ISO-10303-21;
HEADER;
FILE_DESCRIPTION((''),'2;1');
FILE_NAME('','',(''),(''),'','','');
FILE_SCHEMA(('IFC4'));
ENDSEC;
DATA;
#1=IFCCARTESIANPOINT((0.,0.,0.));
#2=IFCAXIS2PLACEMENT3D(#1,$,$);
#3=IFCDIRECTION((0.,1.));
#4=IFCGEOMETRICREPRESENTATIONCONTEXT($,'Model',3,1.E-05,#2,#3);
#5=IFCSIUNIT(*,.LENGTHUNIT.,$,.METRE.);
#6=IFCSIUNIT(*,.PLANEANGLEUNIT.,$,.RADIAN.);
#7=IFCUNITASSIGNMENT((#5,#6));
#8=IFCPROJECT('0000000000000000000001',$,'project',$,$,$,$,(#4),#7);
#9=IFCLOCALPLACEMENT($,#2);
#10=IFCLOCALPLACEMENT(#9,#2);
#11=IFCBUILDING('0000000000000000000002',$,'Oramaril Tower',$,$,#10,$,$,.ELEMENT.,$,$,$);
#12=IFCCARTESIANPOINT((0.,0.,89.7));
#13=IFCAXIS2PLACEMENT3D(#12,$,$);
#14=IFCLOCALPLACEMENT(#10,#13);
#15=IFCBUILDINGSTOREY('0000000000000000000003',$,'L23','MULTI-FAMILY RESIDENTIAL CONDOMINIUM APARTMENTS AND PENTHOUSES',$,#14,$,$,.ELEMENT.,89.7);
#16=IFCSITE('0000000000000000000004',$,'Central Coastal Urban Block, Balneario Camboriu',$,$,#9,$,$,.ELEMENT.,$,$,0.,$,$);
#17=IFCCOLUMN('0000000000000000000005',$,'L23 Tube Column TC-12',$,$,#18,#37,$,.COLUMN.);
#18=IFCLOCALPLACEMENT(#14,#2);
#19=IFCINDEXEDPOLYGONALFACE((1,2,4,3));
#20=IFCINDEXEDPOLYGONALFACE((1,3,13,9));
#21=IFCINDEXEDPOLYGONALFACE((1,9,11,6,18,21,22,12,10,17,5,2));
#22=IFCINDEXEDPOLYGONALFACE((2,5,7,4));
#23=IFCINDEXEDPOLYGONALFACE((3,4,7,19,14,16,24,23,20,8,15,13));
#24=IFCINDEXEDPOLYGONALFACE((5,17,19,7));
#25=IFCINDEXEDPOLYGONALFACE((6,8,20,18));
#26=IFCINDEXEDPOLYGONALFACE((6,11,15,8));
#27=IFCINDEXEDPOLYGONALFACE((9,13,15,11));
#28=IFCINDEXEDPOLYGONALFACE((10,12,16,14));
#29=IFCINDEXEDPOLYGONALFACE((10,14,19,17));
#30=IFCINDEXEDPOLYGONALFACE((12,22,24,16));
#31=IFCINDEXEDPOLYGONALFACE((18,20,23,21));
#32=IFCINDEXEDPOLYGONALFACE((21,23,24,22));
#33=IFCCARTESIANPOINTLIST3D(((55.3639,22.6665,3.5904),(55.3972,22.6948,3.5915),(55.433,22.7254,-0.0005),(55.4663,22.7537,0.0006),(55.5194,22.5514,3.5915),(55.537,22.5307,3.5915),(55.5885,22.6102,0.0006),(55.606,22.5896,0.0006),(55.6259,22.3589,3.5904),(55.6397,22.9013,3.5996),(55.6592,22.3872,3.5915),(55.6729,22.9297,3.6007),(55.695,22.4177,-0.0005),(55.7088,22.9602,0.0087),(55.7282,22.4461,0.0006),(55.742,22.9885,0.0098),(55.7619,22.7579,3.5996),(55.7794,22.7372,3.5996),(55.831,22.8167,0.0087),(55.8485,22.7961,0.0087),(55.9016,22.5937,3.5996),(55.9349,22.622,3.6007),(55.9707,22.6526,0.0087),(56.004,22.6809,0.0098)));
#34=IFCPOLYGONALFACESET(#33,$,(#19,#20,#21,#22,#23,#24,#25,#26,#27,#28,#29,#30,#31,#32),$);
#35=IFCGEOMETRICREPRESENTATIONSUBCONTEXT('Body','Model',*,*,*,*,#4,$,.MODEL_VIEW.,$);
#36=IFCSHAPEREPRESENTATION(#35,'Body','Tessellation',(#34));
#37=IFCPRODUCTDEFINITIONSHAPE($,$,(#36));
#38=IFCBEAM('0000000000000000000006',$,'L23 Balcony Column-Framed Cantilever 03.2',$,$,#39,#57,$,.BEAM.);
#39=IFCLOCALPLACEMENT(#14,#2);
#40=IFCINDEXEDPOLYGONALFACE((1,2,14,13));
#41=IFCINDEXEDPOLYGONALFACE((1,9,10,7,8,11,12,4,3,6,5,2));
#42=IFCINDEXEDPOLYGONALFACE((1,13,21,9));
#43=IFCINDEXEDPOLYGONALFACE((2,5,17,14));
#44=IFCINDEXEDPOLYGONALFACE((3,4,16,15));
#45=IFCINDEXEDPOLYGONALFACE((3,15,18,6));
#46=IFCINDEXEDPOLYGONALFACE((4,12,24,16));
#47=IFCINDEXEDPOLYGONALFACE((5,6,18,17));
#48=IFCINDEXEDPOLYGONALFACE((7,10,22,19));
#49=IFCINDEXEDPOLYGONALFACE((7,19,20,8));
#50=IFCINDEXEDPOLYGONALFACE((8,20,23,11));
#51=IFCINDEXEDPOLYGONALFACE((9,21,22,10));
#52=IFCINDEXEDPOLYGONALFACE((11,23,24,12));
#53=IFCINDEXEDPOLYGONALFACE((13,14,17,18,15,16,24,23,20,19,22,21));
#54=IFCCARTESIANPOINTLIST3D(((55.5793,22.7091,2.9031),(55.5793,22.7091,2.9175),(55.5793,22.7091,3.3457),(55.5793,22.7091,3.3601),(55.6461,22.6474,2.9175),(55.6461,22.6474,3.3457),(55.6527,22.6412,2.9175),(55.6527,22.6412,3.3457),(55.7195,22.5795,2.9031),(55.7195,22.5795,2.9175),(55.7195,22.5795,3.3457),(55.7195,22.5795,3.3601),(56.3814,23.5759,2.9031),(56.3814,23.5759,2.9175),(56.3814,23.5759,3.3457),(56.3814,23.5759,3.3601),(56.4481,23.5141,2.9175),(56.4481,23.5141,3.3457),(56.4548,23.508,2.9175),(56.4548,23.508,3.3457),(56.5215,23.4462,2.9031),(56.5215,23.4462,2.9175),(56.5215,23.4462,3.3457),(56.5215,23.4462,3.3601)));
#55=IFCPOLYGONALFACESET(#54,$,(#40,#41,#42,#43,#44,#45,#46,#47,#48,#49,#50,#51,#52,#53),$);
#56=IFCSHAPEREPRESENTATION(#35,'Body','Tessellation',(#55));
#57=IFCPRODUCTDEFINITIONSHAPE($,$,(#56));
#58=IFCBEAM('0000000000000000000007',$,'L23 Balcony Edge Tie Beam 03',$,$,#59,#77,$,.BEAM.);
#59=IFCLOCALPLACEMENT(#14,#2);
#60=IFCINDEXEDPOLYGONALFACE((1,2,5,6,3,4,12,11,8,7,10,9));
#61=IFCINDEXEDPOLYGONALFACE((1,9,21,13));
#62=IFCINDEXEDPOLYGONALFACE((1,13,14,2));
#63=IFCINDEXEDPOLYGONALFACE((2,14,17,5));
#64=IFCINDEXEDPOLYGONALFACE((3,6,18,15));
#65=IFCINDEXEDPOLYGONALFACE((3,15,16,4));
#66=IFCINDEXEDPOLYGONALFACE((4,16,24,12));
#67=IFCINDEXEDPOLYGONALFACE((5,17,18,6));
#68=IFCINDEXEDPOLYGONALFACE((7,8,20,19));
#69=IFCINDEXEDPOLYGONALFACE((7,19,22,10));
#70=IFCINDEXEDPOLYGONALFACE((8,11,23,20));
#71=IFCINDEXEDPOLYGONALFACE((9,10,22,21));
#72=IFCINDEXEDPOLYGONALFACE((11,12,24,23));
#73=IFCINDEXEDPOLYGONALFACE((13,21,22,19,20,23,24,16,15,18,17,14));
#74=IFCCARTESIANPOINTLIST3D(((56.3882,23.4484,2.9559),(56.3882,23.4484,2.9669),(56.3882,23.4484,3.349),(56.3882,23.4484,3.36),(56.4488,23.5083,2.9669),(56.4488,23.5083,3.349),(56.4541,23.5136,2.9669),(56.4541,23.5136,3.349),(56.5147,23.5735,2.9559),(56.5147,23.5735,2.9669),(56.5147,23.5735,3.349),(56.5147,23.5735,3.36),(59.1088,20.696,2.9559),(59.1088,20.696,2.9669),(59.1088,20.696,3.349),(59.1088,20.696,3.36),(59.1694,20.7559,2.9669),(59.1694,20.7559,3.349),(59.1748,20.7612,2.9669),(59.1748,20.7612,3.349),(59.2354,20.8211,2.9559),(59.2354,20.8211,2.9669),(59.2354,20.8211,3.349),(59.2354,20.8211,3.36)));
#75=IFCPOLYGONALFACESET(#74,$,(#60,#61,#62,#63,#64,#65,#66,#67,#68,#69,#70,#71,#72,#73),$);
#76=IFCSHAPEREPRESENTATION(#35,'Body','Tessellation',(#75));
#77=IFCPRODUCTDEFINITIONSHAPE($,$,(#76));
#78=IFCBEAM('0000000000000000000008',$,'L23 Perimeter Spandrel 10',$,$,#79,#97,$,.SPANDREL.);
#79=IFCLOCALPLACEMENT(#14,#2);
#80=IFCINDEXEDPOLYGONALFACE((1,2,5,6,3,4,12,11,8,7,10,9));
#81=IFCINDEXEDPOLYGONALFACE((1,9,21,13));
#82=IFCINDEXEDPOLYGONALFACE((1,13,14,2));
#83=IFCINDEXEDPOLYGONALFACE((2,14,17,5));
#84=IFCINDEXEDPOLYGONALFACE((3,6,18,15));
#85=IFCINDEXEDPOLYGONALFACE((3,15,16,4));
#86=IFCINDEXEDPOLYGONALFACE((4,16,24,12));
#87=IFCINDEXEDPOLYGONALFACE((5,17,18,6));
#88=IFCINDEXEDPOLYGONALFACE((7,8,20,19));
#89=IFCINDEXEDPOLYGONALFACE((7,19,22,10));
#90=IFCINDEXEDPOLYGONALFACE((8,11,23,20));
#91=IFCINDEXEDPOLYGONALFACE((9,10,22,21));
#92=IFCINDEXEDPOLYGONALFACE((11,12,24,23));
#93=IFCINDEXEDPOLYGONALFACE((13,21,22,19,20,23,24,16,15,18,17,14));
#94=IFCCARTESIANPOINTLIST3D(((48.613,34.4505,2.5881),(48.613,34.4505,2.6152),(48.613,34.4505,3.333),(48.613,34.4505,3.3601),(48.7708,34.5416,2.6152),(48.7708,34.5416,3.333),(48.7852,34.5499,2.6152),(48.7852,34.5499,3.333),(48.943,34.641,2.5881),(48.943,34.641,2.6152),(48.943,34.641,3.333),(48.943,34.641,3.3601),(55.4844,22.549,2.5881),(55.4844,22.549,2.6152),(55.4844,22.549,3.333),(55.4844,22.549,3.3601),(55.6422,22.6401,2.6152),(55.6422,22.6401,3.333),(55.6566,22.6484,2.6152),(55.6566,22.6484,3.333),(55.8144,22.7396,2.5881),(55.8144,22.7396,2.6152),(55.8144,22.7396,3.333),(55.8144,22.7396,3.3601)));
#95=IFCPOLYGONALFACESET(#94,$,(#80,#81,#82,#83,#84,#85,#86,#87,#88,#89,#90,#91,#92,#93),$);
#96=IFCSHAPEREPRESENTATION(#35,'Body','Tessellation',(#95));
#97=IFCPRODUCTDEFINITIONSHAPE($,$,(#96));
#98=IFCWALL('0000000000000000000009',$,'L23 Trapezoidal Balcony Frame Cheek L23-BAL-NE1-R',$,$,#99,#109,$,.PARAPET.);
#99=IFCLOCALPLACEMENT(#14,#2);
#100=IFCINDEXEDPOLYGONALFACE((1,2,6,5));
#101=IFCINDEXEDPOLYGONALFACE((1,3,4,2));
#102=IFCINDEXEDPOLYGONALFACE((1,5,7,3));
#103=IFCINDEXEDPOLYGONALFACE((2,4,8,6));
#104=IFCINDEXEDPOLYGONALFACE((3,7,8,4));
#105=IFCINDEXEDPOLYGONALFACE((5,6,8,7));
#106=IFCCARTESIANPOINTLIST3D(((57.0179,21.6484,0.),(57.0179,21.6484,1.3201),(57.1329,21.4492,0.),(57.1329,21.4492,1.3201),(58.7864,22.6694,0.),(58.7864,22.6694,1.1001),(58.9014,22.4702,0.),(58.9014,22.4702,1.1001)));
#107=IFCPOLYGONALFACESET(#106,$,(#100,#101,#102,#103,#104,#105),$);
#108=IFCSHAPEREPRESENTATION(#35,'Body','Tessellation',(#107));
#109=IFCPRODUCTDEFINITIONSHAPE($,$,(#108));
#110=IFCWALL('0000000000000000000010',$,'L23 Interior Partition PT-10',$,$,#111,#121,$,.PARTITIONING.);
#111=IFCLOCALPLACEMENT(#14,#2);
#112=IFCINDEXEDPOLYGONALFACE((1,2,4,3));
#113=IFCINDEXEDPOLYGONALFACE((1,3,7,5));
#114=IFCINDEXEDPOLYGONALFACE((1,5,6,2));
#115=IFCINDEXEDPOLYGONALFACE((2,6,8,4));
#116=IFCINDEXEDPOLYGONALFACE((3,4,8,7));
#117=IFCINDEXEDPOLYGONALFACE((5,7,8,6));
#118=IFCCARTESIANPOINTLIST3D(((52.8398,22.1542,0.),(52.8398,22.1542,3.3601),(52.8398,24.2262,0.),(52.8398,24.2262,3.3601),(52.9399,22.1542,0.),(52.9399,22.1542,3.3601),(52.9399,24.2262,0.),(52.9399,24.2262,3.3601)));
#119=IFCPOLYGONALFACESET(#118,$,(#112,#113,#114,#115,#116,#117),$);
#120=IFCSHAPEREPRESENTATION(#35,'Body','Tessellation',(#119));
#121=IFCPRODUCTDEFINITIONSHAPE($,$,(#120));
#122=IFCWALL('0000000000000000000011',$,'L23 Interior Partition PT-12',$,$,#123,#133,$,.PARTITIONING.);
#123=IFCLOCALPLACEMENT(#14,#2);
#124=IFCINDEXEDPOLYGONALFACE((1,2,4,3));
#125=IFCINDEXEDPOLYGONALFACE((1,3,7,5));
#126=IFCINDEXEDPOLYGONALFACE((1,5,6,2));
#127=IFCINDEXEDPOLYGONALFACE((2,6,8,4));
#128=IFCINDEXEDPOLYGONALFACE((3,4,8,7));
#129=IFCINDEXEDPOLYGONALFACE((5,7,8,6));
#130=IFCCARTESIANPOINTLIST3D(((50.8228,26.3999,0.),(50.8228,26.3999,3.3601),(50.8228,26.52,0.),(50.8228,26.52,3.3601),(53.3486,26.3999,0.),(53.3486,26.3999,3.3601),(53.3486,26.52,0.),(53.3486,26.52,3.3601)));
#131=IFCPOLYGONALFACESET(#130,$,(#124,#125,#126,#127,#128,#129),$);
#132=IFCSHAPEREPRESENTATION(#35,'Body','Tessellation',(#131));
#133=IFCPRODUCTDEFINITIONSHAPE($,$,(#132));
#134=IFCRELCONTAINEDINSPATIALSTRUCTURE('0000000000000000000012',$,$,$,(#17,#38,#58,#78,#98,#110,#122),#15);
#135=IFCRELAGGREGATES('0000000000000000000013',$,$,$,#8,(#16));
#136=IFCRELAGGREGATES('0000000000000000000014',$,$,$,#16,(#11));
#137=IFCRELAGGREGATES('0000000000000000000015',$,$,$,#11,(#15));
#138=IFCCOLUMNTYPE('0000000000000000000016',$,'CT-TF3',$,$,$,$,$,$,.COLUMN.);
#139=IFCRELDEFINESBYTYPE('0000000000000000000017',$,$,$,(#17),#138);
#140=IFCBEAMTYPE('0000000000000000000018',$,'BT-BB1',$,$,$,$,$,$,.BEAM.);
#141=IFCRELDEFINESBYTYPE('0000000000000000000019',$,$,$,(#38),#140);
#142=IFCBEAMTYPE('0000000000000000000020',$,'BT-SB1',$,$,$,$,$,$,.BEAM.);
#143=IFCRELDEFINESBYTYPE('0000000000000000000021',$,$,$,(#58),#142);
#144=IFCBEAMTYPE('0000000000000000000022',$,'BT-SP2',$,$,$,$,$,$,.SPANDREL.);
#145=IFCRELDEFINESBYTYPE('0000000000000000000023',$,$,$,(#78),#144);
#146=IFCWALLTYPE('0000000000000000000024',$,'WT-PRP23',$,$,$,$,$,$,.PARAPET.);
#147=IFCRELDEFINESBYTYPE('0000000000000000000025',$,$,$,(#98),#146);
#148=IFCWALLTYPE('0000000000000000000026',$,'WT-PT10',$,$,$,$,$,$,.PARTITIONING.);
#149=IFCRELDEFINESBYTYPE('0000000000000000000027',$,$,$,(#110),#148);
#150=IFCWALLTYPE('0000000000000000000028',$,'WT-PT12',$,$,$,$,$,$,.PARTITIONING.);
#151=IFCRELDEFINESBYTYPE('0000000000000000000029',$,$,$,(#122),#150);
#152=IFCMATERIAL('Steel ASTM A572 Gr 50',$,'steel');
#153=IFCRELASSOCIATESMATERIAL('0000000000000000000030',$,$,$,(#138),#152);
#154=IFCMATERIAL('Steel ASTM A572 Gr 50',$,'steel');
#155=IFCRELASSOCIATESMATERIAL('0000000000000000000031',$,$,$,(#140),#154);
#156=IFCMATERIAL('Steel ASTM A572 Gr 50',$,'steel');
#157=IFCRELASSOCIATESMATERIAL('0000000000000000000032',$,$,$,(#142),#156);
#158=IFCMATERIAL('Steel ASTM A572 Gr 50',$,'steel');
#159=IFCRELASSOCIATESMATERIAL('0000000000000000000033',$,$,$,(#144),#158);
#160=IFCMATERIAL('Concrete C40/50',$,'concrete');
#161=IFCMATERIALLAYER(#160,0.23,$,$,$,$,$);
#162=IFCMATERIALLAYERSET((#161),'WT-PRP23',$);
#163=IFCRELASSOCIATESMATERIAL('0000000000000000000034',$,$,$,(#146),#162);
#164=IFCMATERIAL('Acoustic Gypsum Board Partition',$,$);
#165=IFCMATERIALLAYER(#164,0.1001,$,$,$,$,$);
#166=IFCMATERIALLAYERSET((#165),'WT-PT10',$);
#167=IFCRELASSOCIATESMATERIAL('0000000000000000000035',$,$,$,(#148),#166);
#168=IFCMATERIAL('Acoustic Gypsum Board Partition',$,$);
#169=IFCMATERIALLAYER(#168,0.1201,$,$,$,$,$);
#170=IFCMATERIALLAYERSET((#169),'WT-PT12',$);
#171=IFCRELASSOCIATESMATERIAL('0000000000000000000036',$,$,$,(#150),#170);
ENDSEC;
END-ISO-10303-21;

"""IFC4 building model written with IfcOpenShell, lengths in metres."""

from ifc_helpers import new_model, si_unit, direction, frame, frame_2d, origin, origin_2d, place, context, subcontext, project, spatial, polyline, rectangle, i_section, outline, extrude, material, layer, layer_set, material_profile, profile_set, type_object, element, save


model = new_model("IFC4")

# Units and contexts
model_context = context("Model", 3, precision=1e-05, world=origin(), true_north=direction((0.0, 1.0)))
body_context = subcontext(model_context, "Body", "Model", "MODEL_VIEW")
ifc_project = project(units=[si_unit("LENGTHUNIT", "METRE"), si_unit("PLANEANGLEUNIT", "RADIAN")], contexts=[model_context])

# Site, building, storey
site_placement = place(None, origin())
site = spatial("IfcSite", under=ifc_project, at=site_placement, Name="Central Coastal Urban Block, Balneario Camboriu", CompositionType="ELEMENT", RefElevation=0.0)
building_placement = place(site_placement, origin())
building = spatial("IfcBuilding", under=site, at=building_placement, Name="Oramaril Tower", CompositionType="ELEMENT")
storey_placement = place(building_placement, frame((0.0, 0.0, 89.7)))
storey = spatial("IfcBuildingStorey", under=building, at=storey_placement, Name="L23", Description="MULTI-FAMILY RESIDENTIAL CONDOMINIUM APARTMENTS AND PENTHOUSES", CompositionType="ELEMENT", Elevation=89.7)

# Column
ifc_material_1 = material(Name="Steel ASTM A572 Gr 50", Category="steel")
ifc_material_profile_1 = material_profile(ifc_material_1, i_section(OverallWidth=0.4041, OverallDepth=0.406, WebThickness=0.0271, FlangeThickness=0.0437, at=origin_2d()), Name="W14X233")
ifc_profile_set_1 = profile_set([ifc_material_profile_1], Name="Steel ASTM A572 Gr 50")
column_type = type_object("IfcColumnType", Name="CT-TF3", PredefinedType="COLUMN", material=ifc_profile_set_1)
column_placement = place(storey_placement, frame((55.7185, 22.7031, 0.0046), z_axis=(-0.019235, -0.01638, 0.999681), x_axis=(0.648351, -0.761342, 0.0)))
element("IfcColumn", 1, at=column_placement, inside=storey, type_object=column_type, Name="L23 Tube Column TC-12", PredefinedType="COLUMN", context=body_context, shape_type="SweptSolid", body=[
    extrude(i_section(OverallWidth=0.4041, OverallDepth=0.406, WebThickness=0.0271, FlangeThickness=0.0437, at=origin_2d()), origin(), (0.0, 0.0, 1.0), 3.592),
])

# Beams
ifc_material_2 = material(Name="Steel ASTM A572 Gr 50", Category="steel")
ifc_material_profile_2 = material_profile(ifc_material_2, i_section(OverallWidth=0.1909, OverallDepth=0.457, WebThickness=0.009, FlangeThickness=0.0144, at=origin_2d()), Name="W18X50")
ifc_profile_set_2 = profile_set([ifc_material_profile_2], Name="Steel ASTM A572 Gr 50")
beam_type_1 = type_object("IfcBeamType", Name="BT-BB1", PredefinedType="BEAM", material=ifc_profile_set_2)
beam_1_placement = place(storey_placement, frame((55.6494, 22.6443, 3.1316), z_axis=(0.679181, 0.733971, 0.0), x_axis=(-0.733971, 0.679181, 0.0)))
element("IfcBeam", 2, at=beam_1_placement, inside=storey, type_object=beam_type_1, Name="L23 Balcony Column-Framed Cantilever 03.2", PredefinedType="BEAM", context=body_context, shape_type="SweptSolid", body=[
    extrude(i_section(OverallWidth=0.1909, OverallDepth=0.457, WebThickness=0.009, FlangeThickness=0.0144, at=origin_2d()), origin(), (0.0, 0.0, 1.0), 1.1809),
])
ifc_material_3 = material(Name="Steel ASTM A572 Gr 50", Category="steel")
ifc_material_profile_3 = material_profile(ifc_material_3, i_section(OverallWidth=0.178, OverallDepth=0.4041, WebThickness=0.0076, FlangeThickness=0.011, at=origin_2d()), Name="W16X36")
ifc_profile_set_3 = profile_set([ifc_material_profile_3], Name="Steel ASTM A572 Gr 50")
beam_type_2 = type_object("IfcBeamType", Name="BT-SB1", PredefinedType="BEAM", material=ifc_profile_set_3)
beam_2_placement = place(storey_placement, frame((59.1721, 20.7585, 3.158), z_axis=(-0.702995, 0.711195, 0.0), x_axis=(-0.711195, -0.702995, 0.0)))
element("IfcBeam", 3, at=beam_2_placement, inside=storey, type_object=beam_type_2, Name="L23 Balcony Edge Tie Beam 03", PredefinedType="BEAM", context=body_context, shape_type="SweptSolid", body=[
    extrude(i_section(OverallWidth=0.178, OverallDepth=0.4041, WebThickness=0.0076, FlangeThickness=0.011, at=origin_2d()), origin(), (0.0, 0.0, 1.0), 3.8701),
])
ifc_material_4 = material(Name="Steel ASTM A572 Gr 50", Category="steel")
ifc_material_profile_4 = material_profile(ifc_material_4, i_section(OverallWidth=0.3811, OverallDepth=0.772, WebThickness=0.0166, FlangeThickness=0.0271, at=origin_2d()), Name="W30X173")
ifc_profile_set_4 = profile_set([ifc_material_profile_4], Name="Steel ASTM A572 Gr 50")
beam_type_3 = type_object("IfcBeamType", Name="BT-SP2", PredefinedType="SPANDREL", material=ifc_profile_set_4)
beam_3_placement = place(storey_placement, frame((55.6494, 22.6443, 2.9741), z_axis=(-0.500004, 0.866023, 0.0), x_axis=(-0.866023, -0.500004, 0.0)))
element("IfcBeam", 4, at=beam_3_placement, inside=storey, type_object=beam_type_3, Name="L23 Perimeter Spandrel 10", PredefinedType="SPANDREL", context=body_context, shape_type="SweptSolid", body=[
    extrude(i_section(OverallWidth=0.3811, OverallDepth=0.772, WebThickness=0.0166, FlangeThickness=0.0271, at=origin_2d()), origin(), (0.0, 0.0, 1.0), 13.7427),
])

# Walls
ifc_material_5 = material(Name="Concrete C40/50", Category="concrete")
ifc_layer_1 = layer(ifc_material_5, 0.23)
ifc_layer_set_1 = layer_set([ifc_layer_1], Name="WT-PRP23")
wall_type_1 = type_object("IfcWallType", Name="WT-PRP23", PredefinedType="PARAPET", material=ifc_layer_set_1)
wall_1_placement = place(storey_placement, frame((57.0754, 21.5488, 0.0), z_axis=(0.0, 0.0, 1.0), x_axis=(0.866042, 0.499971, 0.0)))
element("IfcWall", 5, at=wall_1_placement, inside=storey, type_object=wall_type_1, Name="L23 Trapezoidal Balcony Frame Cheek L23-BAL-NE1-R", PredefinedType="PARAPET", context=body_context, shape_type="SweptSolid", body=[
    extrude(outline(polyline([(0.0, 0.0), (2.042, 0.0), (2.042, 1.1001), (0.0, 1.3201), (0.0, 0.0)])), frame((0.0, 0.115, 0.0), z_axis=(0.0, -1.0, 0.0), x_axis=(1.0, 0.0, 0.0)), (0.0, 0.0, 1.0), 0.23),
])
ifc_material_6 = material(Name="Acoustic Gypsum Board Partition")
ifc_layer_2 = layer(ifc_material_6, 0.1001)
ifc_layer_set_2 = layer_set([ifc_layer_2], Name="WT-PT10")
wall_type_2 = type_object("IfcWallType", Name="WT-PT10", PredefinedType="PARTITIONING", material=ifc_layer_set_2)
wall_2_placement = place(storey_placement, frame((52.8899, 22.1541, 0.0), z_axis=(0.0, 0.0, 1.0), x_axis=(0.0, 1.0, 0.0)))
element("IfcWall", 6, at=wall_2_placement, inside=storey, type_object=wall_type_2, Name="L23 Interior Partition PT-10", PredefinedType="PARTITIONING", context=body_context, shape_type="SweptSolid", body=[
    extrude(rectangle(XDim=2.072, YDim=0.1001, at=frame_2d((1.0361, 0.0))), origin(), (0.0, 0.0, 1.0), 3.3601),
])
ifc_material_7 = material(Name="Acoustic Gypsum Board Partition")
ifc_layer_3 = layer(ifc_material_7, 0.1201)
ifc_layer_set_3 = layer_set([ifc_layer_3], Name="WT-PT12")
wall_type_3 = type_object("IfcWallType", Name="WT-PT12", PredefinedType="PARTITIONING", material=ifc_layer_set_3)
wall_3_placement = place(storey_placement, frame((50.8228, 26.46, 0.0), z_axis=(0.0, 0.0, 1.0), x_axis=(1.0, 0.0, 0.0)))
element("IfcWall", 7, at=wall_3_placement, inside=storey, type_object=wall_type_3, Name="L23 Interior Partition PT-12", PredefinedType="PARTITIONING", context=body_context, shape_type="SweptSolid", body=[
    extrude(rectangle(XDim=2.5259, YDim=0.1201, at=frame_2d((1.2629, 0.0))), origin(), (0.0, 0.0, 1.0), 3.3601),
])

save(model, "model.ifc")
